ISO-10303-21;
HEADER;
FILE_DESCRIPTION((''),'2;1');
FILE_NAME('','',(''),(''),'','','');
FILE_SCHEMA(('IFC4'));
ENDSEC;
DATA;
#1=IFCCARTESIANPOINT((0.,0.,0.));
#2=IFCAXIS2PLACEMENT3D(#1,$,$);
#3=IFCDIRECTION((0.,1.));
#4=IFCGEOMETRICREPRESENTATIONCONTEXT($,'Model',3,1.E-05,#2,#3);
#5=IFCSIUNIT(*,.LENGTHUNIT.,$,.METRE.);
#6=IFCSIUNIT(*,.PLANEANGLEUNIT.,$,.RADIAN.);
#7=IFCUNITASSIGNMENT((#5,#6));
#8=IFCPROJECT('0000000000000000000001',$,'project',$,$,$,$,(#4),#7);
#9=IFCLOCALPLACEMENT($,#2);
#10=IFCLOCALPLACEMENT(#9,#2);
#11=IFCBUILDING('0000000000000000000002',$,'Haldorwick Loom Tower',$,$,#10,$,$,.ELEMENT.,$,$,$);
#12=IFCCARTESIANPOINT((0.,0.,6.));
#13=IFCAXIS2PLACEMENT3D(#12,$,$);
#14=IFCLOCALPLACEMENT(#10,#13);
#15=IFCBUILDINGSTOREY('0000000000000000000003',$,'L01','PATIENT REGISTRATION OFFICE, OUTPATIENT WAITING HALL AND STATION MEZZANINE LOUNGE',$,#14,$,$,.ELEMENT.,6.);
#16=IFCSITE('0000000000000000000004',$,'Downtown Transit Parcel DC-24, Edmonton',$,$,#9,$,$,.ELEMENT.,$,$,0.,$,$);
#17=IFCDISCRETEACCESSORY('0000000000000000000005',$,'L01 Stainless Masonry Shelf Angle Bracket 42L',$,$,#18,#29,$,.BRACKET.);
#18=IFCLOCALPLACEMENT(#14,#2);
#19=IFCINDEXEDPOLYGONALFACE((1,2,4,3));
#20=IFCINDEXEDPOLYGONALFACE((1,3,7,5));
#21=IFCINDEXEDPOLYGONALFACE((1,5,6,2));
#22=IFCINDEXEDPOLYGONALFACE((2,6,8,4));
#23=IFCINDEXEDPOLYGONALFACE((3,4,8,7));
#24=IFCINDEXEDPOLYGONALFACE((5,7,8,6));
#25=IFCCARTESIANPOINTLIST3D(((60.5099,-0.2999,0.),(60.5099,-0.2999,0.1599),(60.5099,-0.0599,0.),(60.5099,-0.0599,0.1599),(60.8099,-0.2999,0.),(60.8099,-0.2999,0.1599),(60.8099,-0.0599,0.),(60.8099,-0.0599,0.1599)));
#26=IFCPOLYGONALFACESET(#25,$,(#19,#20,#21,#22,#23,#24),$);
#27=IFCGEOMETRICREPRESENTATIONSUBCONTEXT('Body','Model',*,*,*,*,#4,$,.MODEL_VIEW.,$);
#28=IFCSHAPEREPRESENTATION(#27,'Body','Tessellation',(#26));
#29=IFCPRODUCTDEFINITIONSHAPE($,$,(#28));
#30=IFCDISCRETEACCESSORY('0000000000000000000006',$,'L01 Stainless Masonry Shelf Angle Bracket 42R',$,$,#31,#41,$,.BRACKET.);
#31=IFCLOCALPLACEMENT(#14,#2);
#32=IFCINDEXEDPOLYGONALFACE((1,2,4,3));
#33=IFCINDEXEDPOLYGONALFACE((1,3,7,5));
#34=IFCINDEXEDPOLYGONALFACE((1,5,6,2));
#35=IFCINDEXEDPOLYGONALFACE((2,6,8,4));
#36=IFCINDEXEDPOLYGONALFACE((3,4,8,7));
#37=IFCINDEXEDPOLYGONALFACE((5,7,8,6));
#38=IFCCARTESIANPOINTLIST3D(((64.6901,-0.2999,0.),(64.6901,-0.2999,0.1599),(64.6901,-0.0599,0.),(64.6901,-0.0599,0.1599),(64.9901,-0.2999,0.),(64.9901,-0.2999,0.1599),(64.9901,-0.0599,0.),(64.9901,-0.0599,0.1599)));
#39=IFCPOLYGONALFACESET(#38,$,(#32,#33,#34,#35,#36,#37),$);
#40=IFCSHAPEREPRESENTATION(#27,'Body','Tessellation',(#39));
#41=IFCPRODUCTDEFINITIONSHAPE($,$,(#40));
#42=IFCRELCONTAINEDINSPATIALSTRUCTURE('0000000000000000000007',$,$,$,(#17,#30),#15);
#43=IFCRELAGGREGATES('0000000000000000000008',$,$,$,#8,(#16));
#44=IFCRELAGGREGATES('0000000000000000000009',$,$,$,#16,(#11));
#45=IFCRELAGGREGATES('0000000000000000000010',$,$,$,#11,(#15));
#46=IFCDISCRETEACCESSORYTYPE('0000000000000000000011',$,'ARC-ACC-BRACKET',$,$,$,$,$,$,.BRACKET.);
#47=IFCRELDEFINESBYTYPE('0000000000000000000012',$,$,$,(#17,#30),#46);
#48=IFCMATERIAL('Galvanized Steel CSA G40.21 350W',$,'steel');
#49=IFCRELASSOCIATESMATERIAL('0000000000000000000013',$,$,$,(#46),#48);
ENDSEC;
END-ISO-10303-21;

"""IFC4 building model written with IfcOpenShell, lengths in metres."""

from ifc_helpers import new_model, si_unit, direction, frame, origin, origin_2d, place, context, subcontext, project, spatial, rectangle, extrude, material, type_object, element, save


model = new_model("IFC4")

# Units and contexts
model_context = context("Model", 3, precision=1e-05, world=origin(), true_north=direction((0.0, 1.0)))
body_context = subcontext(model_context, "Body", "Model", "MODEL_VIEW")
ifc_project = project(units=[si_unit("LENGTHUNIT", "METRE"), si_unit("PLANEANGLEUNIT", "RADIAN")], contexts=[model_context])

# Site, building, storey
site_placement = place(None, origin())
site = spatial("IfcSite", under=ifc_project, at=site_placement, Name="Downtown Transit Parcel DC-24, Edmonton", CompositionType="ELEMENT", RefElevation=0.0)
building_placement = place(site_placement, origin())
building = spatial("IfcBuilding", under=site, at=building_placement, Name="Haldorwick Loom Tower", CompositionType="ELEMENT")
storey_placement = place(building_placement, frame((0.0, 0.0, 6.0)))
storey = spatial("IfcBuildingStorey", under=building, at=storey_placement, Name="L01", Description="PATIENT REGISTRATION OFFICE, OUTPATIENT WAITING HALL AND STATION MEZZANINE LOUNGE", CompositionType="ELEMENT", Elevation=6.0)

# Discrete accessories
ifc_material_1 = material(Name="Galvanized Steel CSA G40.21 350W", Category="steel")
discrete_accessory_type = type_object("IfcDiscreteAccessoryType", Name="ARC-ACC-BRACKET", PredefinedType="BRACKET", material=ifc_material_1)
for number, where, z_axis, x_axis, name in (
    (1, (60.6599, -0.1799, 0.0), (0.0, 0.0, 1.0), (1.0, 0.0, 0.0), "L01 Stainless Masonry Shelf Angle Bracket 42L"),
    (2, (64.8401, -0.1799, 0.0), (0.0, 0.0, 1.0), (1.0, 0.0, 0.0), "L01 Stainless Masonry Shelf Angle Bracket 42R"),
):
    element("IfcDiscreteAccessory", number, at=place(storey_placement, frame(where, z_axis=z_axis, x_axis=x_axis)), inside=storey, type_object=discrete_accessory_type, Name=name, PredefinedType="BRACKET", context=body_context, shape_type="SweptSolid", body=[
        extrude(rectangle(XDim=0.3, YDim=0.24, at=origin_2d()), origin(), (0.0, 0.0, 1.0), 0.1599),
    ])

save(model, "model.ifc")
